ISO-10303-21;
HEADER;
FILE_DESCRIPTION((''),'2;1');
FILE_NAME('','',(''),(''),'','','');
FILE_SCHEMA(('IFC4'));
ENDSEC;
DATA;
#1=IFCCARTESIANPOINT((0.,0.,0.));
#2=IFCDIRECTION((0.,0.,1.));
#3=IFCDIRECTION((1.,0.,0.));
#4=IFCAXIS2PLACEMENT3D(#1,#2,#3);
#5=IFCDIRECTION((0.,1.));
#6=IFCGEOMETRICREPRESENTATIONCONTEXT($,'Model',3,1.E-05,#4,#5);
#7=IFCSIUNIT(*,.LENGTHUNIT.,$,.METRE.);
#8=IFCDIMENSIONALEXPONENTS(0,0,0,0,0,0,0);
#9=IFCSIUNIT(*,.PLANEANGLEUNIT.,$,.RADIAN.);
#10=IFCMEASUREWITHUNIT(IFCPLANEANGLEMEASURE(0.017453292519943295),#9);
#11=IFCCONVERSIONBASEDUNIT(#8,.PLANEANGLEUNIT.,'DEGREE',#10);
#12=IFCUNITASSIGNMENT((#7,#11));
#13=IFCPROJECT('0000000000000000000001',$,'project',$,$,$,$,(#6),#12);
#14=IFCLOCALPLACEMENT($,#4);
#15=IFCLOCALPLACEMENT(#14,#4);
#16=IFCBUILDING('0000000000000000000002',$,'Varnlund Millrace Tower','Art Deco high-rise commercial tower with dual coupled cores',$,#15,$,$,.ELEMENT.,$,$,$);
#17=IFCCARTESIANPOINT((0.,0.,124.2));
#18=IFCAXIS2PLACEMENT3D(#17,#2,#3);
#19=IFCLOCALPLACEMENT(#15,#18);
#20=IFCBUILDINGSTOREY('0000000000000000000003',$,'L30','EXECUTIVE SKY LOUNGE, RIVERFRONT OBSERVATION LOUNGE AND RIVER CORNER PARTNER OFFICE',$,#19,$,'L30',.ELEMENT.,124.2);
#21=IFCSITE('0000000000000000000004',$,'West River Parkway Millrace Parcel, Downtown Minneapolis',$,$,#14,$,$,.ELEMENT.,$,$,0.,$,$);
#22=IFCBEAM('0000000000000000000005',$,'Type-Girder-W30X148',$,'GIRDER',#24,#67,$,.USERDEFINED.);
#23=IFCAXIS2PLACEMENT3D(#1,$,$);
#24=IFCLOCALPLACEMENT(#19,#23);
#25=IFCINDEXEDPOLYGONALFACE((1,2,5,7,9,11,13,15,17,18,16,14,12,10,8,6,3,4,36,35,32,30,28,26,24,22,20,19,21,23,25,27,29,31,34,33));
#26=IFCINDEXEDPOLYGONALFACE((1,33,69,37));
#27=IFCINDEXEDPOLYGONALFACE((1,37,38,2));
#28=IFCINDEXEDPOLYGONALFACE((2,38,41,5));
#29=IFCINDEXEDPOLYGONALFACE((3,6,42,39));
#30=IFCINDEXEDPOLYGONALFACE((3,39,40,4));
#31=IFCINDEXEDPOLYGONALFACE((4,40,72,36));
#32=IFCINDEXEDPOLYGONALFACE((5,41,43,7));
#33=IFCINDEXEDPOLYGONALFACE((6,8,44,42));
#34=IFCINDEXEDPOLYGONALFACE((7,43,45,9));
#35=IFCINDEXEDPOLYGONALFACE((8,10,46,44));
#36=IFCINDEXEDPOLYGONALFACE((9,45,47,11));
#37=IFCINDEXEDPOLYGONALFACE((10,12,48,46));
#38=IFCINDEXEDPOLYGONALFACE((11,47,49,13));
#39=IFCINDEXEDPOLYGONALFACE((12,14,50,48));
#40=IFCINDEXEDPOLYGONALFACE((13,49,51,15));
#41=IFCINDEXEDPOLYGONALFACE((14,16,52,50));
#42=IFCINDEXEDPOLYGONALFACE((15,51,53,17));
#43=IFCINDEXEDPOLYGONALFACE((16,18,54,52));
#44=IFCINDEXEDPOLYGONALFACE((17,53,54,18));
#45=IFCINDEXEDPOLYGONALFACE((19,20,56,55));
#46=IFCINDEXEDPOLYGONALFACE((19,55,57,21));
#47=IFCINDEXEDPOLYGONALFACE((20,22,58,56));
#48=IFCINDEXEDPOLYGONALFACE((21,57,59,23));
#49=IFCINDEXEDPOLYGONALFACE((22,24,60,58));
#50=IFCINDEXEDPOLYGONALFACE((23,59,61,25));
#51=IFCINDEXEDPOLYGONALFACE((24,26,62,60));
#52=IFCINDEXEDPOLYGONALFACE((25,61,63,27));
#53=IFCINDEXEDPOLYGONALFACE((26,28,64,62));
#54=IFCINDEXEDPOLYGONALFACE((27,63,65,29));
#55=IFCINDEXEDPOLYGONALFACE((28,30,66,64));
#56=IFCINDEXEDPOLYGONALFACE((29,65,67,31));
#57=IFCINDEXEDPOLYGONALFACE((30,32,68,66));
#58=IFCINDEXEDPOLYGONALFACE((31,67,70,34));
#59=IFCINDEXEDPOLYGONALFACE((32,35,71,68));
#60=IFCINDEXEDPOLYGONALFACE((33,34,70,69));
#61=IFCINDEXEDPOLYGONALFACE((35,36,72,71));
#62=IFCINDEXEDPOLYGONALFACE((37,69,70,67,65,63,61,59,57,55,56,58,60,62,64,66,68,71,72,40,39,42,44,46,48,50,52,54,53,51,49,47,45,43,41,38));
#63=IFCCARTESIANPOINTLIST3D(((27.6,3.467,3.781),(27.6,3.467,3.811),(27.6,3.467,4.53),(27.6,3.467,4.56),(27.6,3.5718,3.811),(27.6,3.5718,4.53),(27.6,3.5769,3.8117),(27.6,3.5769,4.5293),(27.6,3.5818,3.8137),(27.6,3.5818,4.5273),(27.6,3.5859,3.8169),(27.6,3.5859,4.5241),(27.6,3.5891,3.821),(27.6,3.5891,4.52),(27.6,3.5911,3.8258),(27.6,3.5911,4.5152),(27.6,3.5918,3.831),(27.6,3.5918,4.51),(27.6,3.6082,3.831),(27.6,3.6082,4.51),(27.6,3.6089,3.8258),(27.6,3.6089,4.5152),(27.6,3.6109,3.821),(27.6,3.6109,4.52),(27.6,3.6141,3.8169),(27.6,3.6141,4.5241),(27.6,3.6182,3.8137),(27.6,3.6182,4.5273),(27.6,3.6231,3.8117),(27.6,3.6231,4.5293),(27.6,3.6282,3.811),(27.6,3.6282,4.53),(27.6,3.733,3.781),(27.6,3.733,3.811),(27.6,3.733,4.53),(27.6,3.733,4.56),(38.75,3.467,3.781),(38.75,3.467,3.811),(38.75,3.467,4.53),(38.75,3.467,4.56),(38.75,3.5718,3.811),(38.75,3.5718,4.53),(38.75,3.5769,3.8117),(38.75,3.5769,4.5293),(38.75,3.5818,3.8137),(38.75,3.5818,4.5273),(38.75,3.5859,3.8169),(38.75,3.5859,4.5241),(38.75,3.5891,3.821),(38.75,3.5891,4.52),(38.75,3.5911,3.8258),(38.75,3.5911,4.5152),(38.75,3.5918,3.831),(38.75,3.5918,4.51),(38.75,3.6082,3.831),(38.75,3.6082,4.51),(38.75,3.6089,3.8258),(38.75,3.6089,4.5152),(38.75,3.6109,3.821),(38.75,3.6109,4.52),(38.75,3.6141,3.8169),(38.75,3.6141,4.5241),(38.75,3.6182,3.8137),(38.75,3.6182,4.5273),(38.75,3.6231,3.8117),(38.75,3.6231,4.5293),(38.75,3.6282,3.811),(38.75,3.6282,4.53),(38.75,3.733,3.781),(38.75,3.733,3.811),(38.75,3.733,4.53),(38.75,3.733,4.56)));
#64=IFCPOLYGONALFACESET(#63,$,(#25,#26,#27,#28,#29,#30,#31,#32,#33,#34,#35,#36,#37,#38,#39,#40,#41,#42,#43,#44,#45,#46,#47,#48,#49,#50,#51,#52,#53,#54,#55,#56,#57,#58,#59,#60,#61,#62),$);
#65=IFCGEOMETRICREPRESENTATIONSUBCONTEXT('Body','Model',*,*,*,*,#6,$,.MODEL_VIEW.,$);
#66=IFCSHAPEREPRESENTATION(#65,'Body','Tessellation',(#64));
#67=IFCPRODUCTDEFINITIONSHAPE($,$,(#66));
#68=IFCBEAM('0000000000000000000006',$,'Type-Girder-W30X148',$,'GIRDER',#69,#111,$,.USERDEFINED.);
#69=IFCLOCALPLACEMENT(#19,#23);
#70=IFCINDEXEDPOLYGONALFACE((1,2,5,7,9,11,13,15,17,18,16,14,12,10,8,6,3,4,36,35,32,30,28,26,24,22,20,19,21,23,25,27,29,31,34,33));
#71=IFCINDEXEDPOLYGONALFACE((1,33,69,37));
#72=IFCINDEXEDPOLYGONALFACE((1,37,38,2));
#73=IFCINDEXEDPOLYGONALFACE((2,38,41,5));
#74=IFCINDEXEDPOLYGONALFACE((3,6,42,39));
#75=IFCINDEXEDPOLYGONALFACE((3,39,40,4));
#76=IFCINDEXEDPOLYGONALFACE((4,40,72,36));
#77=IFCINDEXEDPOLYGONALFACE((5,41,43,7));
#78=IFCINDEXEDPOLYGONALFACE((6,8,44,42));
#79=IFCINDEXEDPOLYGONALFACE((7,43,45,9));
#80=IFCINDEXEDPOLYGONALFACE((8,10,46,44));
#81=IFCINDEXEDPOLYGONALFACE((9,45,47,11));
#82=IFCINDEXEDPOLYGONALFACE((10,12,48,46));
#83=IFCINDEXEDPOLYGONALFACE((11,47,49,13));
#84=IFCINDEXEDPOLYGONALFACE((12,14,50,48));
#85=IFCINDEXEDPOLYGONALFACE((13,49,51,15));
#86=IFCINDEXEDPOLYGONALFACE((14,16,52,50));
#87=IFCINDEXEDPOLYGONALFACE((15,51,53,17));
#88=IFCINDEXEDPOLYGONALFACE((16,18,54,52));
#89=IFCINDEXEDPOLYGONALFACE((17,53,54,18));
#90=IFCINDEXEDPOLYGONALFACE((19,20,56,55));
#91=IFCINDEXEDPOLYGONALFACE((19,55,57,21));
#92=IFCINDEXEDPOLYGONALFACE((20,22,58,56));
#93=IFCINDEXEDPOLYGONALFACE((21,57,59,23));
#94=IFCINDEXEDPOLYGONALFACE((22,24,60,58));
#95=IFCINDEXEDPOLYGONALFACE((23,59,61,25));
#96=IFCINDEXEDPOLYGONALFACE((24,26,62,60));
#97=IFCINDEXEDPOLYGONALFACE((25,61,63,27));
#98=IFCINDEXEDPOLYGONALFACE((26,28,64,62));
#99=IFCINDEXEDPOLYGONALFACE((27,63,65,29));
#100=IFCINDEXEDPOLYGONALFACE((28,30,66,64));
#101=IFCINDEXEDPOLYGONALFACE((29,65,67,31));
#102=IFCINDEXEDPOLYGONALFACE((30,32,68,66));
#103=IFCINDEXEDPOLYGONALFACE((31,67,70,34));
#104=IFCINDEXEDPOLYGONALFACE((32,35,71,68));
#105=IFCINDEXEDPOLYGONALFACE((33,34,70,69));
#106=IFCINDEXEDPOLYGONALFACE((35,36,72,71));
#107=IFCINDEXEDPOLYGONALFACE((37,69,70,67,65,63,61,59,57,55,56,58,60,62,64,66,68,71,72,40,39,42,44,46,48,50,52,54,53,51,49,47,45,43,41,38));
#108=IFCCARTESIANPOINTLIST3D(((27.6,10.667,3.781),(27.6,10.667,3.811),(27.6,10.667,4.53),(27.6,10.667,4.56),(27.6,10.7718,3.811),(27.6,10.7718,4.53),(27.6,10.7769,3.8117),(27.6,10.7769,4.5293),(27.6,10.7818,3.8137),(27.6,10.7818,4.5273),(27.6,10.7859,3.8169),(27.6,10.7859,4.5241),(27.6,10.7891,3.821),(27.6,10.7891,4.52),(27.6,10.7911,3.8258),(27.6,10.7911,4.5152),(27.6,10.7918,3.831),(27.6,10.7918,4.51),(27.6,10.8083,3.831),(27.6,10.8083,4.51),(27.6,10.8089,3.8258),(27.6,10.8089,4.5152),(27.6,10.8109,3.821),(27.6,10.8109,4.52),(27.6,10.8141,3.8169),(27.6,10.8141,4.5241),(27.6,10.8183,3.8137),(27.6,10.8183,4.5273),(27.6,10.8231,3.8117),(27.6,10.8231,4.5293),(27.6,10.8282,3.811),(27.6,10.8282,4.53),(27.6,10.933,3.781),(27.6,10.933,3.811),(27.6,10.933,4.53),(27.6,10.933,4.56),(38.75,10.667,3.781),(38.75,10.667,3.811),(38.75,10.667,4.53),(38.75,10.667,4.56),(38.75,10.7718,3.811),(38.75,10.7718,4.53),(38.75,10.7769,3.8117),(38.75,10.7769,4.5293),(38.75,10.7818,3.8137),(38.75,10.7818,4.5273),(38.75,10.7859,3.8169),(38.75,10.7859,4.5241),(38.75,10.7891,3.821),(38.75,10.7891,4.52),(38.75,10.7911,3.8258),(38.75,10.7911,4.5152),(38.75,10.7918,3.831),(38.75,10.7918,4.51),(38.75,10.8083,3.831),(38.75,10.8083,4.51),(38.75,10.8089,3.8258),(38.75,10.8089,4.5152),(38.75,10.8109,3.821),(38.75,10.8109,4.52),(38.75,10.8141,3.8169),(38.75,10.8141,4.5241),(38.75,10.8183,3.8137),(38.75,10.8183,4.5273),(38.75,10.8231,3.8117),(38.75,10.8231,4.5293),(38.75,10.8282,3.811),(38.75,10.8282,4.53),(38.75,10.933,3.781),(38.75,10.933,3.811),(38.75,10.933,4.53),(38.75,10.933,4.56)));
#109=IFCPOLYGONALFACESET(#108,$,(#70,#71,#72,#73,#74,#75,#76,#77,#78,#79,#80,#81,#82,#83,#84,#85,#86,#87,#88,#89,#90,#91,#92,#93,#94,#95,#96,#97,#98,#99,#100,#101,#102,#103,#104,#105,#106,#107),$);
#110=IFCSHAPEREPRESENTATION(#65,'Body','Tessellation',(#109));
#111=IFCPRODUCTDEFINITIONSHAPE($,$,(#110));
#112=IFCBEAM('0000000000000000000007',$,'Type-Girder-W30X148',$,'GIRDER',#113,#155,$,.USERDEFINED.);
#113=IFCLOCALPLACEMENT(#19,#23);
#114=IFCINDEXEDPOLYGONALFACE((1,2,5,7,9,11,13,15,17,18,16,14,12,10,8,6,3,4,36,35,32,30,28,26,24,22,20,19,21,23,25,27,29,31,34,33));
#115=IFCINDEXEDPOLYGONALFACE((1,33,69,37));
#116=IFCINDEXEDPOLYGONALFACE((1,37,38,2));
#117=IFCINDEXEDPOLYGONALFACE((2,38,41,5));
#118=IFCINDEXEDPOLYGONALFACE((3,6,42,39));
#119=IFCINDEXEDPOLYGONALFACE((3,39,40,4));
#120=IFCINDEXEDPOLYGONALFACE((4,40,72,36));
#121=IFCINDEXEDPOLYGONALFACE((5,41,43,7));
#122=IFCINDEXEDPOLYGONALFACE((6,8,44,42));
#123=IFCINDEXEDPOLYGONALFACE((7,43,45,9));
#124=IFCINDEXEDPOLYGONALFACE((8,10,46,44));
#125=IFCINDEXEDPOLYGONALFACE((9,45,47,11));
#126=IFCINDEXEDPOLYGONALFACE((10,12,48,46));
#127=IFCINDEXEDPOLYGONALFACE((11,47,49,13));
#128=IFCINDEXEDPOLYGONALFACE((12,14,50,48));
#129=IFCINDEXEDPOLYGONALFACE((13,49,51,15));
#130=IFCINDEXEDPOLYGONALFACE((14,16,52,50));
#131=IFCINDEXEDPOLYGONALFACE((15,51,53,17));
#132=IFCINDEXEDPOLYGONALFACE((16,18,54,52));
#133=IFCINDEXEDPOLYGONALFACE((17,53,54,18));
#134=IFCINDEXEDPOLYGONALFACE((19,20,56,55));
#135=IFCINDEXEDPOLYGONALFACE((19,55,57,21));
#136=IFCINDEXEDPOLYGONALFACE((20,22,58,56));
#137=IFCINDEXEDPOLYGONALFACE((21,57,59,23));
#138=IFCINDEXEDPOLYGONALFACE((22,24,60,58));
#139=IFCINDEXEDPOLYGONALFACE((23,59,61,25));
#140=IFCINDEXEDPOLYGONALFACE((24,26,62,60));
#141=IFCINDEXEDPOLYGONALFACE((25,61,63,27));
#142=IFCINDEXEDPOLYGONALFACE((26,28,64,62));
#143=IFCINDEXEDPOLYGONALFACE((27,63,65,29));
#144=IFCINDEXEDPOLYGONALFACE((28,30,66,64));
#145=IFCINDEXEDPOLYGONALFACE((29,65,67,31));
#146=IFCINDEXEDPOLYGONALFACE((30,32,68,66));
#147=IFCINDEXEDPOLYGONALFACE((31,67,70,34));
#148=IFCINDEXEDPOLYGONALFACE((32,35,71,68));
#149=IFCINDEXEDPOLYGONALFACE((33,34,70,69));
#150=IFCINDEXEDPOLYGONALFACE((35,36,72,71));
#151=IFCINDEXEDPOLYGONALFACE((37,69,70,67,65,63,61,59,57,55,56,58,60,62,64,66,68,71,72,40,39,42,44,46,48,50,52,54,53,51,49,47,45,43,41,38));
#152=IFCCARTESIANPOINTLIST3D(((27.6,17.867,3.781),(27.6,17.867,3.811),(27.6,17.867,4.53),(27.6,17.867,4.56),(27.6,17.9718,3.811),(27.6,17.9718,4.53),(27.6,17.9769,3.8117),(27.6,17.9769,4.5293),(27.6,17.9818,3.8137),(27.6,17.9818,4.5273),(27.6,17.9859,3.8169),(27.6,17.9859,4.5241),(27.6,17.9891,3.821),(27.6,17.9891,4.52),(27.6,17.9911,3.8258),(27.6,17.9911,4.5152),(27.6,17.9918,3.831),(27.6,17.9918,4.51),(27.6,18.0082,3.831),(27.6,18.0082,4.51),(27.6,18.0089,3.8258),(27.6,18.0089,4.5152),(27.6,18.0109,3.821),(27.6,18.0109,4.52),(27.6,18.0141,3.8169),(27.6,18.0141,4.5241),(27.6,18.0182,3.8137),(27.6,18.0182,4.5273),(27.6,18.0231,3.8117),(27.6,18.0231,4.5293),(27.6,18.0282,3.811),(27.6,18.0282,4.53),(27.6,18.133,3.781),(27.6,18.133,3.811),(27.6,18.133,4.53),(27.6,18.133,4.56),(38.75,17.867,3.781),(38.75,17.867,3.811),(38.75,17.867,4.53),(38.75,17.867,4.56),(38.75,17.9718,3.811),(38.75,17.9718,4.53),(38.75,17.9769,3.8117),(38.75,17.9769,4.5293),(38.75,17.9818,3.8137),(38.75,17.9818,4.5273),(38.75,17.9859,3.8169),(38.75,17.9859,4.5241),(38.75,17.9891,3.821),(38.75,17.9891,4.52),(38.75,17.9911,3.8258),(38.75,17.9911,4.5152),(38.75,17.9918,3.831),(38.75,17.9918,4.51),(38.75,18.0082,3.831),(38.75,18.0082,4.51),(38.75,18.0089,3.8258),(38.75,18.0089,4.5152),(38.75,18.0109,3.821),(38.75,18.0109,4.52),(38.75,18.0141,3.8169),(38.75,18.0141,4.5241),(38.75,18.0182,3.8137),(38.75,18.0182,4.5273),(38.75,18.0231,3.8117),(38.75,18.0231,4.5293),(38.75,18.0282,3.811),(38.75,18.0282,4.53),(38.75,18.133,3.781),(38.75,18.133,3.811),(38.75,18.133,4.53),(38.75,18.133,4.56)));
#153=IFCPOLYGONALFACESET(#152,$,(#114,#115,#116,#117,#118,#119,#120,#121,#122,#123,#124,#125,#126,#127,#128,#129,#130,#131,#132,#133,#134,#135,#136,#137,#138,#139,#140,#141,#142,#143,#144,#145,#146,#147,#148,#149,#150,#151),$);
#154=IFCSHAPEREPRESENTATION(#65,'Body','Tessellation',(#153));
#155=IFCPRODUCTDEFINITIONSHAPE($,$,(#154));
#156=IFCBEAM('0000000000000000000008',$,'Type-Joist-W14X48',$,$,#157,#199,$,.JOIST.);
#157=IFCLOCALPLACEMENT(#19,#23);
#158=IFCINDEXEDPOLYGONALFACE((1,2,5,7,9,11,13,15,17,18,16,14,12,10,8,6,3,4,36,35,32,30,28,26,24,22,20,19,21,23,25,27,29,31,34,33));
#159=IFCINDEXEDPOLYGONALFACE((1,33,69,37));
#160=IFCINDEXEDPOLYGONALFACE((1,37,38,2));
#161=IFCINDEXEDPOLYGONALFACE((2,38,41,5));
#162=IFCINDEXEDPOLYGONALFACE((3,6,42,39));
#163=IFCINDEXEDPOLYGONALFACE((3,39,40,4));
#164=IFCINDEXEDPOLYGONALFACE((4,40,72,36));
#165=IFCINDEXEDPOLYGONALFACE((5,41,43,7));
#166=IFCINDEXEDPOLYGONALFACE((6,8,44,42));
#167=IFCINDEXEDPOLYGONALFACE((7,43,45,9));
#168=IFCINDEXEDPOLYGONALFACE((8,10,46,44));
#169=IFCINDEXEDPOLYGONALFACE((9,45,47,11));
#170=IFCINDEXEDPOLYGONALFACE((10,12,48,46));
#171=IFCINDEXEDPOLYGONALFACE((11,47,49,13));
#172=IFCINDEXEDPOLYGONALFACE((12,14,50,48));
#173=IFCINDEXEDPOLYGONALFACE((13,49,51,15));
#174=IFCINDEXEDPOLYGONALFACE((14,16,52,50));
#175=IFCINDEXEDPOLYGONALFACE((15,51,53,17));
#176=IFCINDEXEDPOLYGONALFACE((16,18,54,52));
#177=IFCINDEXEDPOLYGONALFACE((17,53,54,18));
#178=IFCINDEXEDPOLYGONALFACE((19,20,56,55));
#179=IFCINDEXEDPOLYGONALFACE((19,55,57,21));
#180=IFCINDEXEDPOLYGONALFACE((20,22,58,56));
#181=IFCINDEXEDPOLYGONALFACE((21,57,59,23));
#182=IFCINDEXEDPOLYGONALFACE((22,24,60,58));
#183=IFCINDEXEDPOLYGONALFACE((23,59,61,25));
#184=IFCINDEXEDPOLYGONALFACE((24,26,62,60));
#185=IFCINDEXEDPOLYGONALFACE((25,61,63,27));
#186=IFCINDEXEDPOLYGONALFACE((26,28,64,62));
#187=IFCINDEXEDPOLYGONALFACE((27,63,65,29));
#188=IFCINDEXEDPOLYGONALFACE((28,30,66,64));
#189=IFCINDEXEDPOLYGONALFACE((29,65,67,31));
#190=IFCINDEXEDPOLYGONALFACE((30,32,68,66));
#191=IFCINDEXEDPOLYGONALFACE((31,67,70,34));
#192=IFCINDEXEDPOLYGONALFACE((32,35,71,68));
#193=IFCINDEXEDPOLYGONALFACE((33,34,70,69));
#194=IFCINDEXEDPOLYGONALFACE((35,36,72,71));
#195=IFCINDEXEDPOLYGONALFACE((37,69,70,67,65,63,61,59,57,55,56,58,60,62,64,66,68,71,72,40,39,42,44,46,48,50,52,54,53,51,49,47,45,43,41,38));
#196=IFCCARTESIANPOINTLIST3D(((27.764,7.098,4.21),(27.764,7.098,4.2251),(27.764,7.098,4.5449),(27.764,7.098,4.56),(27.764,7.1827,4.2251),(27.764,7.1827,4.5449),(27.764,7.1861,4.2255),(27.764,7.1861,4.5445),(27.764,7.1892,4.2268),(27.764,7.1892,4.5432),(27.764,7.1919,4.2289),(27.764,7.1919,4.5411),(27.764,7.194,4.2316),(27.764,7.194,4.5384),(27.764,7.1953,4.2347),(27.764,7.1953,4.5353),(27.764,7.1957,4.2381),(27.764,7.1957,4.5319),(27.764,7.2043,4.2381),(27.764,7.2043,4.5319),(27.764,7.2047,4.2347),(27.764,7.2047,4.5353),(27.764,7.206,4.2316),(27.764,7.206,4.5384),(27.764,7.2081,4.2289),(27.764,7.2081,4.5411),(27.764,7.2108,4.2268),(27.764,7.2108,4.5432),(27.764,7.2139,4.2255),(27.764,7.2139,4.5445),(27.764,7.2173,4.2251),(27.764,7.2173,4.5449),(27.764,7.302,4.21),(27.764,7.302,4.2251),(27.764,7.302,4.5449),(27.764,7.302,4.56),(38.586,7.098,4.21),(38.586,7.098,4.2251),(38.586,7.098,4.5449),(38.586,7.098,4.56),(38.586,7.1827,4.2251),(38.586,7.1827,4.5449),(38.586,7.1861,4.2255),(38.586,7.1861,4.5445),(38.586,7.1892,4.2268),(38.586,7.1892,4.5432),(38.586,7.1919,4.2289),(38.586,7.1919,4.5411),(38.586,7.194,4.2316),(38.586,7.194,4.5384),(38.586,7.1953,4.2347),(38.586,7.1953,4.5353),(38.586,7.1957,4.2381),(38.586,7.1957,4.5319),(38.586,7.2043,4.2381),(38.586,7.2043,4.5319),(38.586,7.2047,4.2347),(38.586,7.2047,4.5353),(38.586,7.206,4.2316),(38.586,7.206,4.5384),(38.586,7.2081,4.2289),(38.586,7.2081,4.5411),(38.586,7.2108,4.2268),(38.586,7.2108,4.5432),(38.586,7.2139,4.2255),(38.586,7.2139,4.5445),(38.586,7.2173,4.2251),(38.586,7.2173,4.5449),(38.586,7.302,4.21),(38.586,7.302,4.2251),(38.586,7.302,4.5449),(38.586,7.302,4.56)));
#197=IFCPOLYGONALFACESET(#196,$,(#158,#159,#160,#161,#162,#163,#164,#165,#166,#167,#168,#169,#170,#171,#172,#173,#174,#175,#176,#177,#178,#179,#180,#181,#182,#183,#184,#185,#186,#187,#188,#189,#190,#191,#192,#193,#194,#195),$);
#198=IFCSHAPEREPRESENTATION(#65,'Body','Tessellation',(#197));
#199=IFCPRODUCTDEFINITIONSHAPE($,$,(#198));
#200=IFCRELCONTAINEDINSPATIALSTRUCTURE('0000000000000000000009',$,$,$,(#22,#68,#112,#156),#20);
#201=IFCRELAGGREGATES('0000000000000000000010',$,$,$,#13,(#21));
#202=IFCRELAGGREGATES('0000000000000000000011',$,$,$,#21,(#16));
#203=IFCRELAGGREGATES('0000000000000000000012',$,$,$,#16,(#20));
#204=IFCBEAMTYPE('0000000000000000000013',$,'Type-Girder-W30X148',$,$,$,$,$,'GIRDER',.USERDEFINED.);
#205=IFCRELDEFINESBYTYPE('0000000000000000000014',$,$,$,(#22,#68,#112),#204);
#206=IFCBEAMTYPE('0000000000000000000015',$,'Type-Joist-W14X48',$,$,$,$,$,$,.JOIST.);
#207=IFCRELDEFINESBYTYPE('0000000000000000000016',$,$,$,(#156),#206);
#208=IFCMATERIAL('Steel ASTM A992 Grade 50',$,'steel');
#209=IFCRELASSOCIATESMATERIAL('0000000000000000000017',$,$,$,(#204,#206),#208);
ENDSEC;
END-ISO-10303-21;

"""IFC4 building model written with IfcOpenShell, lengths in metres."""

from ifc_helpers import new_model, entity, si_unit, converted_unit, direction, frame, origin_with_axes, origin_2d_with_axis, place, context, subcontext, project, spatial, i_section, extrude, material, material_profile, profile_set, type_object, element, save


model = new_model("IFC4")

# Units and contexts
model_context = context("Model", 3, precision=1e-05, world=origin_with_axes(), true_north=direction((0.0, 1.0)))
body_context = subcontext(model_context, "Body", "Model", "MODEL_VIEW")
ifc_project = project(units=[si_unit("LENGTHUNIT", "METRE"), converted_unit("PLANEANGLEUNIT", "DEGREE", entity("IfcPlaneAngleMeasure", 0.017453292519943295), si_unit("PLANEANGLEUNIT", "RADIAN"), dimensions=[0, 0, 0, 0, 0, 0, 0])], contexts=[model_context])

# Site, building, storey
site_placement = place(None, origin_with_axes())
site = spatial("IfcSite", under=ifc_project, at=site_placement, Name="West River Parkway Millrace Parcel, Downtown Minneapolis", CompositionType="ELEMENT", RefElevation=0.0)
building_placement = place(site_placement, origin_with_axes())
building = spatial("IfcBuilding", under=site, at=building_placement, Name="Varnlund Millrace Tower", Description="Art Deco high-rise commercial tower with dual coupled cores", CompositionType="ELEMENT")
storey_placement = place(building_placement, frame((0.0, 0.0, 124.2), z_axis=(0.0, 0.0, 1.0), x_axis=(1.0, 0.0, 0.0)))
storey = spatial("IfcBuildingStorey", under=building, at=storey_placement, Name="L30", Description="EXECUTIVE SKY LOUNGE, RIVERFRONT OBSERVATION LOUNGE AND RIVER CORNER PARTNER OFFICE", LongName="L30", CompositionType="ELEMENT", Elevation=124.2)

# Beams
ifc_material_1 = material(Name="Steel ASTM A992 Grade 50", Category="steel")
ifc_material_profile_1 = material_profile(ifc_material_1, i_section(OverallWidth=0.266, OverallDepth=0.779, WebThickness=0.0165, FlangeThickness=0.03, FilletRadius=0.02, at=origin_2d_with_axis()), Name="Steel ASTM A992 Grade 50")
ifc_profile_set_1 = profile_set([ifc_material_profile_1], Name="Steel ASTM A992 Grade 50")
beam_type_1 = type_object("IfcBeamType", Name="Type-Girder-W30X148", ElementType="GIRDER", PredefinedType="USERDEFINED", material=ifc_profile_set_1)
for number, where, z_axis, x_axis, name in (
    (1, (27.6, 3.6, 4.1705), (1.0, 0.0, 0.0), (0.0, 1.0, 0.0), "Type-Girder-W30X148"),
    (2, (27.6, 10.8, 4.1705), (1.0, 0.0, 0.0), (0.0, 1.0, 0.0), "Type-Girder-W30X148"),
    (3, (27.6, 18.0, 4.1705), (1.0, 0.0, 0.0), (0.0, 1.0, 0.0), "Type-Girder-W30X148"),
):
    element("IfcBeam", number, at=place(storey_placement, frame(where, z_axis=z_axis, x_axis=x_axis)), inside=storey, type_object=beam_type_1, Name=name, ObjectType="GIRDER", PredefinedType="USERDEFINED", context=body_context, shape_type="SweptSolid", body=[
        extrude(i_section(OverallWidth=0.266, OverallDepth=0.779, WebThickness=0.0165, FlangeThickness=0.03, FilletRadius=0.02, at=origin_2d_with_axis()), origin_with_axes(), (0.0, 0.0, 1.0), 11.15),
    ])
ifc_material_profile_2 = material_profile(ifc_material_1, i_section(OverallWidth=0.204, OverallDepth=0.35, WebThickness=0.0086, FlangeThickness=0.0151, FilletRadius=0.013, at=origin_2d_with_axis()), Name="Steel ASTM A992 Grade 50")
ifc_profile_set_2 = profile_set([ifc_material_profile_2], Name="Steel ASTM A992 Grade 50")
beam_type_2 = type_object("IfcBeamType", Name="Type-Joist-W14X48", PredefinedType="JOIST", material=ifc_profile_set_2)
for number, where, z_axis, x_axis, name in (
    (4, (27.764, 7.2, 4.385), (1.0, 0.0, 0.0), (0.0, 1.0, 0.0), "Type-Joist-W14X48"),
):
    element("IfcBeam", number, at=place(storey_placement, frame(where, z_axis=z_axis, x_axis=x_axis)), inside=storey, type_object=beam_type_2, Name=name, PredefinedType="JOIST", context=body_context, shape_type="SweptSolid", body=[
        extrude(i_section(OverallWidth=0.204, OverallDepth=0.35, WebThickness=0.0086, FlangeThickness=0.0151, FilletRadius=0.013, at=origin_2d_with_axis()), origin_with_axes(), (0.0, 0.0, 1.0), 10.822),
    ])

save(model, "model.ifc")
